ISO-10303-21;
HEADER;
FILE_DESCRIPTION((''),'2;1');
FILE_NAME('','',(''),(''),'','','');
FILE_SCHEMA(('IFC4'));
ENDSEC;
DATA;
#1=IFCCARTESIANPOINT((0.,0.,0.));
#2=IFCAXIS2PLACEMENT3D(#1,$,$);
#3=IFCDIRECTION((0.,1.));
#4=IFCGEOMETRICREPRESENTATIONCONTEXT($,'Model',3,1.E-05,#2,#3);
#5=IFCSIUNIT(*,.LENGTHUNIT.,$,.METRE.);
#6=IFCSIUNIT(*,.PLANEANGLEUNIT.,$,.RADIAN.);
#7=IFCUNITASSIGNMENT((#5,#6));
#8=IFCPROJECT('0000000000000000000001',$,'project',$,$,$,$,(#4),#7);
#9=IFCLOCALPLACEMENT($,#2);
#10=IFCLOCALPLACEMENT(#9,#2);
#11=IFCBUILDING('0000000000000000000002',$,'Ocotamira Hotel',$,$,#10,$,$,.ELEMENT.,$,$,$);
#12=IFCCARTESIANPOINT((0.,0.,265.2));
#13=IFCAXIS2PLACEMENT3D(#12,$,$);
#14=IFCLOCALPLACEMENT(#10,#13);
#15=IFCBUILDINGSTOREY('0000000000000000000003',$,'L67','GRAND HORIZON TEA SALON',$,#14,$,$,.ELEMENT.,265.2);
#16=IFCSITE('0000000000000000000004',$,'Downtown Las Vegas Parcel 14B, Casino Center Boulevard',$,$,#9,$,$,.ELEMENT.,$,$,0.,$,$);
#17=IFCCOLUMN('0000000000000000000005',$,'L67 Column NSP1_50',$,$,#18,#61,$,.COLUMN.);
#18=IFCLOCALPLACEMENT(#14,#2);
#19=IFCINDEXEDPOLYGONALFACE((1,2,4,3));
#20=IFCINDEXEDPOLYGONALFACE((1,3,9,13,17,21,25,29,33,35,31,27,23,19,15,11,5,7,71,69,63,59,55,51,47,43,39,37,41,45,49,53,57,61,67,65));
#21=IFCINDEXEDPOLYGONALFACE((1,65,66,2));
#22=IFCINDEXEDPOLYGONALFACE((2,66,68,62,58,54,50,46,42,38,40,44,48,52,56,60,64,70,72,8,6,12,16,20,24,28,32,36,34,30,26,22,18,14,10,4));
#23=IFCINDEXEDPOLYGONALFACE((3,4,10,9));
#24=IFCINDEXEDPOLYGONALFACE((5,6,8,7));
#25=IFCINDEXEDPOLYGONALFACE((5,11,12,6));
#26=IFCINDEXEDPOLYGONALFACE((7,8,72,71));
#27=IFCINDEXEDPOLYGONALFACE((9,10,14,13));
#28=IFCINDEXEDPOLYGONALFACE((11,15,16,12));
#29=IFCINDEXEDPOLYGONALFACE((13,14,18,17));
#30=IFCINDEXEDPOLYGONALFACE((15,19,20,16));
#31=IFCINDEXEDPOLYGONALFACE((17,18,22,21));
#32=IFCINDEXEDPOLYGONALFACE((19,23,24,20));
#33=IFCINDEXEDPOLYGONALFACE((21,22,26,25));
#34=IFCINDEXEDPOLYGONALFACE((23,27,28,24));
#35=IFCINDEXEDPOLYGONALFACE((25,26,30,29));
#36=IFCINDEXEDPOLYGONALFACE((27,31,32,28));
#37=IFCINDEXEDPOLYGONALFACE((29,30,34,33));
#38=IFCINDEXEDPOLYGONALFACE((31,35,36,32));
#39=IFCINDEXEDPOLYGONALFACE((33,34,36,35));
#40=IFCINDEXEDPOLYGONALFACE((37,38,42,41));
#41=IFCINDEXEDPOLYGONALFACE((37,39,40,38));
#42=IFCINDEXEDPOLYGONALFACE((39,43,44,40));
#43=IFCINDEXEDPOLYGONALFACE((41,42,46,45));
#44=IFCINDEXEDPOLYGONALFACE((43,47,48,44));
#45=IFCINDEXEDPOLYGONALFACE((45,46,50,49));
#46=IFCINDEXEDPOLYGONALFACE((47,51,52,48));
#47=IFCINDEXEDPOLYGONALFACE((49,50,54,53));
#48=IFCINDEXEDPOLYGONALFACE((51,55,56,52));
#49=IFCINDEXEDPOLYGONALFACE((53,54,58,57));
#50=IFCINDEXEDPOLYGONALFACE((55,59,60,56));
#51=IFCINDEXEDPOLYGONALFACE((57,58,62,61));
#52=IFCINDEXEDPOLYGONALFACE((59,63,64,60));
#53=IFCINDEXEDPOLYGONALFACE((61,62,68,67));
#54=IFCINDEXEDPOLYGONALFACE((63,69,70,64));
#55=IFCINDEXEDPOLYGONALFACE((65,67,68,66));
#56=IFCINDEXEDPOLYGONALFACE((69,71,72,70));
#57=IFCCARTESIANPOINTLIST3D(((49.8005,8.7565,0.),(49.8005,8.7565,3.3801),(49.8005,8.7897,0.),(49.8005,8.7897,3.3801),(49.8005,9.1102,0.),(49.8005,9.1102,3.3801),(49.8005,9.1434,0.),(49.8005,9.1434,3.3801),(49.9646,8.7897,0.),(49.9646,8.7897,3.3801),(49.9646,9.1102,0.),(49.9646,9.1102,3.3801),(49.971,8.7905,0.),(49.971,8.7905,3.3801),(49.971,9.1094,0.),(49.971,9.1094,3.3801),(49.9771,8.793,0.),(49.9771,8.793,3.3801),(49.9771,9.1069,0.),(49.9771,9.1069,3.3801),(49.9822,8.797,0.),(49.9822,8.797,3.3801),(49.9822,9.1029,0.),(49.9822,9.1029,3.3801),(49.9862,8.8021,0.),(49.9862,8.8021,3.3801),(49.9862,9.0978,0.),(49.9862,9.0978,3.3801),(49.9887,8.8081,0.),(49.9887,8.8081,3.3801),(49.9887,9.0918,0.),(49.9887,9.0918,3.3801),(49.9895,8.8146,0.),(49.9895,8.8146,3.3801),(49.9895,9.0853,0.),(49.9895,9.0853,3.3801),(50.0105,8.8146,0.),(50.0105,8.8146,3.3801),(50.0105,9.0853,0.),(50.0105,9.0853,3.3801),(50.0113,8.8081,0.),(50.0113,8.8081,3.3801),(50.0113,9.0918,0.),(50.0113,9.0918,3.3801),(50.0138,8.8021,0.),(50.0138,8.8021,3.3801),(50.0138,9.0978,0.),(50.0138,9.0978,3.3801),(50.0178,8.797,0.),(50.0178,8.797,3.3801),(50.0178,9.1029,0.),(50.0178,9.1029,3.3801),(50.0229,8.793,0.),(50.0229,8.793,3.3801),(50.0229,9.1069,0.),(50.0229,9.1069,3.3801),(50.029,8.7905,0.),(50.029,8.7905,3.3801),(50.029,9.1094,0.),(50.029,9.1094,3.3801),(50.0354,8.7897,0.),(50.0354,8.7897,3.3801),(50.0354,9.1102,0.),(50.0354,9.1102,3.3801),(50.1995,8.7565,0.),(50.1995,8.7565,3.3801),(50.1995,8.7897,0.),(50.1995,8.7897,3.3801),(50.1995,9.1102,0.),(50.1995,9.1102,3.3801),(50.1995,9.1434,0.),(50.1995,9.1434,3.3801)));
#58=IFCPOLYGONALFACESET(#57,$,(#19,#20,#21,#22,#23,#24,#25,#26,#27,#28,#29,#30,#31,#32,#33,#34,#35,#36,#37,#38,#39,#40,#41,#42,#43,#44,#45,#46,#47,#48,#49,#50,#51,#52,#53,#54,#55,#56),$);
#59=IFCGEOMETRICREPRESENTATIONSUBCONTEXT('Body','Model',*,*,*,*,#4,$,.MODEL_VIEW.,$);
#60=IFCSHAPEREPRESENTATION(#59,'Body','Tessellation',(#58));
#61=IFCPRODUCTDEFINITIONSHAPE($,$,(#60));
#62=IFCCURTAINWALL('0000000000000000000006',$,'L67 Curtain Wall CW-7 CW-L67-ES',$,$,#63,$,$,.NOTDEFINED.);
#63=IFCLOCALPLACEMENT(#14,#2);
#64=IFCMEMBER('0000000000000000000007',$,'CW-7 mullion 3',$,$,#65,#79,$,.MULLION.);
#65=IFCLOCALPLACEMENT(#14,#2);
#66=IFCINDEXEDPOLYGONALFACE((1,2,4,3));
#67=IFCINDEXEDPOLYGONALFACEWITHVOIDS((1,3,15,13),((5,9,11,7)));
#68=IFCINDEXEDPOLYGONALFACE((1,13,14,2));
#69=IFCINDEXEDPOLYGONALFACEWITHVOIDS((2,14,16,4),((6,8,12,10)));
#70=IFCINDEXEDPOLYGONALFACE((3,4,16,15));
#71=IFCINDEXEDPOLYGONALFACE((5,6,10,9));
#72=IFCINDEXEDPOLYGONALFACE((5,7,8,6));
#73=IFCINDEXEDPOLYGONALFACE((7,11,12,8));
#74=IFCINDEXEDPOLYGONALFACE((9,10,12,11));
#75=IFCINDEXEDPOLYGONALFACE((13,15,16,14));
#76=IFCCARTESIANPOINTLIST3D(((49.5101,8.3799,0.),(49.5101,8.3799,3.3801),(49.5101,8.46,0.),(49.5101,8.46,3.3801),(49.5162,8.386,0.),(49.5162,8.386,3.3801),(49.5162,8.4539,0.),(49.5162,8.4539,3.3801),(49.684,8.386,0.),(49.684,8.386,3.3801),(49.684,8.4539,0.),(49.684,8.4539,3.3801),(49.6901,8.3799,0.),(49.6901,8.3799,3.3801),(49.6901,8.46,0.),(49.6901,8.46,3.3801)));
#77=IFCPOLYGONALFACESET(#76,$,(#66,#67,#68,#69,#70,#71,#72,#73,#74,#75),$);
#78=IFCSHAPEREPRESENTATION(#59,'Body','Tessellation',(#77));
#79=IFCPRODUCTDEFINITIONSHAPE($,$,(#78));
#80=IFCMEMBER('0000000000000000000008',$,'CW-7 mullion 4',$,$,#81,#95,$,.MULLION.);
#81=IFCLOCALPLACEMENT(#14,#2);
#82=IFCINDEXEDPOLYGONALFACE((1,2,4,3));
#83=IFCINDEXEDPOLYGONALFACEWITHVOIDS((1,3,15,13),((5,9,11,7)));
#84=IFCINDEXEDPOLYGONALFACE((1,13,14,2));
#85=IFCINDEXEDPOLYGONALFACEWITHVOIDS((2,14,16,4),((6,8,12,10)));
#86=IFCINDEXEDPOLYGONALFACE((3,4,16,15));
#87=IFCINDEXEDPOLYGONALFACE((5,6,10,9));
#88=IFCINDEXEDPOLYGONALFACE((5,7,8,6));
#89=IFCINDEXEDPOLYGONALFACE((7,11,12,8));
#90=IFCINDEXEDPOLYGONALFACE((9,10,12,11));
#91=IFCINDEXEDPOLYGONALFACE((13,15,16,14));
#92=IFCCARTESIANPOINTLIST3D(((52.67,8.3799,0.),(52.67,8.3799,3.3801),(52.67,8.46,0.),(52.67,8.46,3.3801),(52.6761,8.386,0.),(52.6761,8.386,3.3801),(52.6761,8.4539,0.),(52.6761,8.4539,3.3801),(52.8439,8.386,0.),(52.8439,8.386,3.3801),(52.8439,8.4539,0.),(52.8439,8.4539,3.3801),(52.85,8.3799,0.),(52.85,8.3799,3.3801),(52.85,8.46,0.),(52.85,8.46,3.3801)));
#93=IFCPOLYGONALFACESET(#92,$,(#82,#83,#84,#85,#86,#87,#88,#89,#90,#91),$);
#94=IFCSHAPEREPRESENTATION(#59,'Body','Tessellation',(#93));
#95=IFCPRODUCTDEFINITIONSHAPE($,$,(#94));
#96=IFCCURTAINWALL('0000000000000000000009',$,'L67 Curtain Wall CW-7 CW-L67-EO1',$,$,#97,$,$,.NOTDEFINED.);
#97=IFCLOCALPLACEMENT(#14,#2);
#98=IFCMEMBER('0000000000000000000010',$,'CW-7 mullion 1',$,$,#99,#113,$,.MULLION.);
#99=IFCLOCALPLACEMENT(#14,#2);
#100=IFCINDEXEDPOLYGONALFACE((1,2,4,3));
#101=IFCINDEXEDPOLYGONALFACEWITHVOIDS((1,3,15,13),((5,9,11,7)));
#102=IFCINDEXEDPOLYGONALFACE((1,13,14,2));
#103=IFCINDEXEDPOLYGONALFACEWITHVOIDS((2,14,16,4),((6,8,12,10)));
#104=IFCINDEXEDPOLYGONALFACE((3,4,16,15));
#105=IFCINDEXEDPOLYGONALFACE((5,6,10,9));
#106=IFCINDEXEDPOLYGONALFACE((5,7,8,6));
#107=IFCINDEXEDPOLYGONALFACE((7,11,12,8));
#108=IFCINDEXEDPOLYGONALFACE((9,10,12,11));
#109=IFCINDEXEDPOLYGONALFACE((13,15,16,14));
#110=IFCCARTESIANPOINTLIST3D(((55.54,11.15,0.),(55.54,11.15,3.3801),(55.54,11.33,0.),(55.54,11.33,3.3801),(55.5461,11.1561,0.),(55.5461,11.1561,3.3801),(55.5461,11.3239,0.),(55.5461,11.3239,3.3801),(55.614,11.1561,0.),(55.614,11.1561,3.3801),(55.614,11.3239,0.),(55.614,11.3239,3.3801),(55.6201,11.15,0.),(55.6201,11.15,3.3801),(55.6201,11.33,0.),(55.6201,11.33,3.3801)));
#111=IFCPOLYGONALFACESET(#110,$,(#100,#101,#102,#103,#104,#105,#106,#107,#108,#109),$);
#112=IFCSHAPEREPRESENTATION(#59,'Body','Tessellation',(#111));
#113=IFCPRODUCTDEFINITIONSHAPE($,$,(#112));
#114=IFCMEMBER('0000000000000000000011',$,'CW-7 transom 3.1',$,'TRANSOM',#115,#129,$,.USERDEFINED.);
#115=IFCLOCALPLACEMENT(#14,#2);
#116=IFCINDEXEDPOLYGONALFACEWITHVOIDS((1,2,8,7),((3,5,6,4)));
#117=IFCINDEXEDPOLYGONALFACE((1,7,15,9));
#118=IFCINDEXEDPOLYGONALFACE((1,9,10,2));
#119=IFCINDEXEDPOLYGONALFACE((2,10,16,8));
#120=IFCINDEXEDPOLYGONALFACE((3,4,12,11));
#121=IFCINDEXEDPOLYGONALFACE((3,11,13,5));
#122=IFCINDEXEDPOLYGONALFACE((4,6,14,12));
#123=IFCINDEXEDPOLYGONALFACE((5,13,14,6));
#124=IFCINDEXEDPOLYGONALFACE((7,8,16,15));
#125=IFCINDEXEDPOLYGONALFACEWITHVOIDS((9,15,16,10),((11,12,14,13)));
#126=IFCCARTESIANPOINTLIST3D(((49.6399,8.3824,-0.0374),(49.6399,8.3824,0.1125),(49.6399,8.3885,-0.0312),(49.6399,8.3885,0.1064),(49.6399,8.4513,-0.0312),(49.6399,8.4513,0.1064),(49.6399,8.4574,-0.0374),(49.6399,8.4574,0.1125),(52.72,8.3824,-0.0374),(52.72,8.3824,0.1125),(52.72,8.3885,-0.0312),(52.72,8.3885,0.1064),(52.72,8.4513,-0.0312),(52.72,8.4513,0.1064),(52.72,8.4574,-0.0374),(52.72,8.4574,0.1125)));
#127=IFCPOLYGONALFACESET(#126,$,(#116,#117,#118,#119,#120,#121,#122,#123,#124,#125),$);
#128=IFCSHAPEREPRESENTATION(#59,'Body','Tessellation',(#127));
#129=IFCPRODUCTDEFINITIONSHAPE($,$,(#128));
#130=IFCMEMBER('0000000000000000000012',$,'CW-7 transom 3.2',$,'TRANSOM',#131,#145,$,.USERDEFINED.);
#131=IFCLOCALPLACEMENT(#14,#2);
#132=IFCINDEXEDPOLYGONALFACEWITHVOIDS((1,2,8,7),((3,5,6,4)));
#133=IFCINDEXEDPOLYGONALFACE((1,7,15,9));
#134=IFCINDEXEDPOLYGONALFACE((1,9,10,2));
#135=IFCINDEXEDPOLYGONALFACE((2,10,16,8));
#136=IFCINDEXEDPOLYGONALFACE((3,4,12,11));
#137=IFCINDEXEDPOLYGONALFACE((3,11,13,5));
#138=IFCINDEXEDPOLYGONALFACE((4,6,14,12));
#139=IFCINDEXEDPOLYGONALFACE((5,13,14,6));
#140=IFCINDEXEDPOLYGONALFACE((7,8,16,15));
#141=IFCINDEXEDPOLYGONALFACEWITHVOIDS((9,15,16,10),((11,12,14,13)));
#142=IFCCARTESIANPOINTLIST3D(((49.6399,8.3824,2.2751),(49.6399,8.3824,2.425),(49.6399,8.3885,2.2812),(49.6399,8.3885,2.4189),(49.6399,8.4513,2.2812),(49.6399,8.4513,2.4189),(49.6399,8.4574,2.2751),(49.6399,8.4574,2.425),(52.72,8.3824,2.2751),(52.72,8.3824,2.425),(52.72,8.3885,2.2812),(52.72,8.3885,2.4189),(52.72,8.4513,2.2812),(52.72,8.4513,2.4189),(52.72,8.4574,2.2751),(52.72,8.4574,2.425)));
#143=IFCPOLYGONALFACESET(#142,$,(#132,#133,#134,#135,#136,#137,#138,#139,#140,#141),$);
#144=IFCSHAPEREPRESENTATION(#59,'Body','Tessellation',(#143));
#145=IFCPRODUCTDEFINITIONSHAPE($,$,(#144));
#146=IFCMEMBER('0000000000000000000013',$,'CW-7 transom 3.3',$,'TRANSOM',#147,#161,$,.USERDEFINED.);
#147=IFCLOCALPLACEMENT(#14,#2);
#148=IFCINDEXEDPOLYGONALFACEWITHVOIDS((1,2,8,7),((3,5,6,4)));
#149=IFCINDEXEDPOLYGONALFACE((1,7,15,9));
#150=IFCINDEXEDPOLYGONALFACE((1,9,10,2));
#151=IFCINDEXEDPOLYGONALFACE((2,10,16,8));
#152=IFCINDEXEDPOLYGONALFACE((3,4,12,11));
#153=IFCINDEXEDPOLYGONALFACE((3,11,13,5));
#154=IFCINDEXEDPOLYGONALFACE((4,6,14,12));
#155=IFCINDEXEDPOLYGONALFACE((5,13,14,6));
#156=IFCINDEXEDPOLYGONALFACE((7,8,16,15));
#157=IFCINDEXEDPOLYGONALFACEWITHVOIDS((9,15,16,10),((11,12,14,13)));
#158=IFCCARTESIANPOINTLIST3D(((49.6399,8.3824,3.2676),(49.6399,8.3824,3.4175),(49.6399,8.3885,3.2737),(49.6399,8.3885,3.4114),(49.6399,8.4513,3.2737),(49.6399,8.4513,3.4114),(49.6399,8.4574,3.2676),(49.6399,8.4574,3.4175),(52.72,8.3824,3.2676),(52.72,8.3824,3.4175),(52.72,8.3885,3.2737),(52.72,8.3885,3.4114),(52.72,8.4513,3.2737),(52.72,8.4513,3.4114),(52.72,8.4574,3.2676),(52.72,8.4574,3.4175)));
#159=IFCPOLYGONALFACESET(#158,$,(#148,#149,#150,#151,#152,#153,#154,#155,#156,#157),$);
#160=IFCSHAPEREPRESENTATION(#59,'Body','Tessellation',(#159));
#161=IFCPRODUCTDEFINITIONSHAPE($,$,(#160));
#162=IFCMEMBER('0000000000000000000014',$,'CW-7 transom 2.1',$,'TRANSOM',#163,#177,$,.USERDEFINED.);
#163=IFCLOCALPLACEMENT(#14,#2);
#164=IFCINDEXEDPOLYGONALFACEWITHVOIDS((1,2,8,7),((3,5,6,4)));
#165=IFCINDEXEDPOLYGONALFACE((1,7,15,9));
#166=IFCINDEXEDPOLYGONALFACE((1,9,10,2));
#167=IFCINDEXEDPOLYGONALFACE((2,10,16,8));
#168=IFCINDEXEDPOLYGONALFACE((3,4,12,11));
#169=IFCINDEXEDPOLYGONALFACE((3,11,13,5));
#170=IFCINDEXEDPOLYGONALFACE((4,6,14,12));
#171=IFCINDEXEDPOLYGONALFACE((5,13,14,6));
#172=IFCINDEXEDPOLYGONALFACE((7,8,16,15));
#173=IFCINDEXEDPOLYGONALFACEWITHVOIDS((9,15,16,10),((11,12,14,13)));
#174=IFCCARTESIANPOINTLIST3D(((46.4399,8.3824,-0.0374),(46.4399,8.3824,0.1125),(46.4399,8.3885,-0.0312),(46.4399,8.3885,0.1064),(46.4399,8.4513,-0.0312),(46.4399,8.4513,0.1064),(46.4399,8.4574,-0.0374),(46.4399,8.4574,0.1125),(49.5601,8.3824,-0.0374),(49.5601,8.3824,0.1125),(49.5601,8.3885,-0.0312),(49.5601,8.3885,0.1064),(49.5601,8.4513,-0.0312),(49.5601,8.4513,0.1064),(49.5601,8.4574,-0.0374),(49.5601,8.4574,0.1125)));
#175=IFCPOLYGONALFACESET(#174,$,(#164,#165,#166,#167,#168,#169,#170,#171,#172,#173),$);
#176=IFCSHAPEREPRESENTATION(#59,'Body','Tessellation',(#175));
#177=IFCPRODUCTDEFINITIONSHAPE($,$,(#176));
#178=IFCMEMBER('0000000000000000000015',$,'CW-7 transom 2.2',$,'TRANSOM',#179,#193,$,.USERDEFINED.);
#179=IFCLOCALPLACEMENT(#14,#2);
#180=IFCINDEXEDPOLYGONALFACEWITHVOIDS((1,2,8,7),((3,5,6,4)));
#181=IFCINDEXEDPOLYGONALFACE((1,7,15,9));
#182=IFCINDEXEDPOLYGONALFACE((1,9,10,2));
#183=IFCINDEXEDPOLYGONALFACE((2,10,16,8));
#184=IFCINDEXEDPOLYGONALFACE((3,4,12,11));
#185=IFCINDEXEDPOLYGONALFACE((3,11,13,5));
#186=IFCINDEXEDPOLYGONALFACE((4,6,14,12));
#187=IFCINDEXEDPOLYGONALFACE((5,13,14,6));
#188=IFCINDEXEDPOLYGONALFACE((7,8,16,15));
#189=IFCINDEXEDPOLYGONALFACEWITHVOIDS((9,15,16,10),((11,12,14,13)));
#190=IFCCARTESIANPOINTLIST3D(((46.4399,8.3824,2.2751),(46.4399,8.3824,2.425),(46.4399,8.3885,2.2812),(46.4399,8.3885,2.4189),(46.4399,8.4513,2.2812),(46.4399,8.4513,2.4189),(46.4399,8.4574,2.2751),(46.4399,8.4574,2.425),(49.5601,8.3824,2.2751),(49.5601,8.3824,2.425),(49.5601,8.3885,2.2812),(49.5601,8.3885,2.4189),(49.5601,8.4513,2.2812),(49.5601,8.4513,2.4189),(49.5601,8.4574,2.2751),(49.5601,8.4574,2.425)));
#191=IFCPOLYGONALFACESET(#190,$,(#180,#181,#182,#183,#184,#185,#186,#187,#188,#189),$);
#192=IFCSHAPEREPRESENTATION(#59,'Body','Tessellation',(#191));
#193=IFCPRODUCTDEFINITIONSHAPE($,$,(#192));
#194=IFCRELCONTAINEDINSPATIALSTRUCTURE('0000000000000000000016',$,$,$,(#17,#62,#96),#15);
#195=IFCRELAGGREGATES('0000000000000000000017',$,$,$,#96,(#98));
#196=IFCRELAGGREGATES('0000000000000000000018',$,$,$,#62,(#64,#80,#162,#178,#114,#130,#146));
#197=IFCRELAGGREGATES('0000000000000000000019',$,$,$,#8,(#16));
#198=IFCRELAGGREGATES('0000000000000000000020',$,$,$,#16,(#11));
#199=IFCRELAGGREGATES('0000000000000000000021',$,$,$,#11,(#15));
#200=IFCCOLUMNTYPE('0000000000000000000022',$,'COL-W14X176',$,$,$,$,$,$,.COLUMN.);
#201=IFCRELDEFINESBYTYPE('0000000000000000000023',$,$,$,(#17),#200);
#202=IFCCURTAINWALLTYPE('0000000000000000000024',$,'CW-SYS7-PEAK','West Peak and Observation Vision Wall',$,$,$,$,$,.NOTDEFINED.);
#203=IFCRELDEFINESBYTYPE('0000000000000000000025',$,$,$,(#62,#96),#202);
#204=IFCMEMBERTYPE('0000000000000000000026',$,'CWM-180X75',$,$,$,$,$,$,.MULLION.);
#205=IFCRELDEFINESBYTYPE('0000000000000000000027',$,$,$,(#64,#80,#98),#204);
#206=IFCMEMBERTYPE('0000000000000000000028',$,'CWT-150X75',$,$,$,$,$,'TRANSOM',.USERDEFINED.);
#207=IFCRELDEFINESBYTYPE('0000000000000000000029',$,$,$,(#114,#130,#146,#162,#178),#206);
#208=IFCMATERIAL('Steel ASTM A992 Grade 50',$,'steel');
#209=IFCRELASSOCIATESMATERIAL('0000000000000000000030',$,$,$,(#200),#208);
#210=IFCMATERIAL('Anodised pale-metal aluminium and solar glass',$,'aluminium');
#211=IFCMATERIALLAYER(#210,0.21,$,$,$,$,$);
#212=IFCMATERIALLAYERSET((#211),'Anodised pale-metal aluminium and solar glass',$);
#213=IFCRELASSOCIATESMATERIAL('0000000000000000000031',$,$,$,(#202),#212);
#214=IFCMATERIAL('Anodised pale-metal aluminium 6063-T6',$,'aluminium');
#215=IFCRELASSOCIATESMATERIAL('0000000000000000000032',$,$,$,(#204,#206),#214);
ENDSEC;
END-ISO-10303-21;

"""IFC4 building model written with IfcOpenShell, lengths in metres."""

from ifc_helpers import new_model, si_unit, direction, frame, origin, origin_2d, place, context, subcontext, project, spatial, hollow_rectangle, i_section, extrude, source, transform, mapped, material, layer, layer_set, material_profile, profile_set, type_object, element, aggregate, save


model = new_model("IFC4")

# Units and contexts
model_context = context("Model", 3, precision=1e-05, world=origin(), true_north=direction((0.0, 1.0)))
body_context = subcontext(model_context, "Body", "Model", "MODEL_VIEW")
ifc_project = project(units=[si_unit("LENGTHUNIT", "METRE"), si_unit("PLANEANGLEUNIT", "RADIAN")], contexts=[model_context])

# Site, building, storey
site_placement = place(None, origin())
site = spatial("IfcSite", under=ifc_project, at=site_placement, Name="Downtown Las Vegas Parcel 14B, Casino Center Boulevard", CompositionType="ELEMENT", RefElevation=0.0)
building_placement = place(site_placement, origin())
building = spatial("IfcBuilding", under=site, at=building_placement, Name="Ocotamira Hotel", CompositionType="ELEMENT")
storey_placement = place(building_placement, frame((0.0, 0.0, 265.2)))
storey = spatial("IfcBuildingStorey", under=building, at=storey_placement, Name="L67", Description="GRAND HORIZON TEA SALON", CompositionType="ELEMENT", Elevation=265.2)

# Column
ifc_material_1 = material(Name="Steel ASTM A992 Grade 50", Category="steel")
ifc_material_profile_1 = material_profile(ifc_material_1, i_section(OverallWidth=0.3989, OverallDepth=0.387, WebThickness=0.021, FlangeThickness=0.0332, FilletRadius=0.0249, at=origin_2d()), Name="W14X176")
ifc_profile_set_1 = profile_set([ifc_material_profile_1], Name="Steel ASTM A992 Grade 50")
column_type = type_object("IfcColumnType", Name="COL-W14X176", PredefinedType="COLUMN", material=ifc_profile_set_1)
shared_shape_1 = source(origin(), body_context, "Body", "SweptSolid", [
    extrude(i_section(OverallWidth=0.3989, OverallDepth=0.387, WebThickness=0.021, FlangeThickness=0.0332, FilletRadius=0.0249, at=origin_2d()), origin(), (0.0, 0.0, 1.0), 3.3801),
])
column_placement = place(storey_placement, frame((50.0, 8.95, 0.0), z_axis=(0.0, 0.0, 1.0), x_axis=(1.0, 0.0, 0.0)))
element("IfcColumn", 1, at=column_placement, inside=storey, type_object=column_type, Name="L67 Column NSP1_50", PredefinedType="COLUMN", context=body_context, shape_type="MappedRepresentation", body=[
    mapped(shared_shape_1, transform((0.0, 0.0, 0.0), scale=1.0)),
])

# Curtain wall, members
ifc_material_2 = material(Name="Anodised pale-metal aluminium and solar glass", Category="aluminium")
ifc_layer_1 = layer(ifc_material_2, 0.21)
ifc_layer_set_1 = layer_set([ifc_layer_1], Name="Anodised pale-metal aluminium and solar glass")
curtain_wall_type = type_object("IfcCurtainWallType", Name="CW-SYS7-PEAK", Description="West Peak and Observation Vision Wall", PredefinedType="NOTDEFINED", material=ifc_layer_set_1)
curtain_wall_1_placement = place(storey_placement, origin())
curtain_wall_1 = element("IfcCurtainWall", 2, at=curtain_wall_1_placement, inside=storey, type_object=curtain_wall_type, Name="L67 Curtain Wall CW-7 CW-L67-ES", PredefinedType="NOTDEFINED")
ifc_material_3 = material(Name="Anodised pale-metal aluminium 6063-T6", Category="aluminium")
ifc_material_profile_2 = material_profile(ifc_material_3, hollow_rectangle(XDim=0.0801, YDim=0.1799, WallThickness=0.0061, at=origin_2d()), Name="HSS180X80X6")
ifc_profile_set_2 = profile_set([ifc_material_profile_2], Name="Anodised pale-metal aluminium 6063-T6")
member_type_1 = type_object("IfcMemberType", Name="CWM-180X75", PredefinedType="MULLION", material=ifc_profile_set_2)
shared_shape_2 = source(origin(), body_context, "Body", "SweptSolid", [
    extrude(hollow_rectangle(XDim=0.0801, YDim=0.1799, WallThickness=0.0061, at=origin_2d()), origin(), (0.0, 0.0, 1.0), 3.3801),
])
member_1_placement = place(storey_placement, frame((49.6001, 8.4199, 0.0), z_axis=(0.0, 0.0, 1.0), x_axis=(0.0, 1.0, 0.0)))
member_1 = element("IfcMember", 3, at=member_1_placement, type_object=member_type_1, Name="CW-7 mullion 3", PredefinedType="MULLION", context=body_context, shape_type="MappedRepresentation", body=[
    mapped(shared_shape_2, transform((0.0, 0.0, 0.0), scale=1.0)),
])
member_2_placement = place(storey_placement, frame((52.76, 8.4199, 0.0), z_axis=(0.0, 0.0, 1.0), x_axis=(0.0, 1.0, 0.0)))
member_2 = element("IfcMember", 4, at=member_2_placement, type_object=member_type_1, Name="CW-7 mullion 4", PredefinedType="MULLION", context=body_context, shape_type="MappedRepresentation", body=[
    mapped(shared_shape_2, transform((0.0, 0.0, 0.0), scale=1.0)),
])

# Curtain wall, member
curtain_wall_2_placement = place(storey_placement, origin())
curtain_wall_2 = element("IfcCurtainWall", 5, at=curtain_wall_2_placement, inside=storey, type_object=curtain_wall_type, Name="L67 Curtain Wall CW-7 CW-L67-EO1", PredefinedType="NOTDEFINED")
member_3_placement = place(storey_placement, frame((55.5801, 11.24, 0.0), z_axis=(0.0, 0.0, 1.0), x_axis=(-1.0, 0.0, 0.0)))
member_3 = element("IfcMember", 6, at=member_3_placement, type_object=member_type_1, Name="CW-7 mullion 1", PredefinedType="MULLION", context=body_context, shape_type="MappedRepresentation", body=[
    mapped(shared_shape_2, transform((0.0, 0.0, 0.0), scale=1.0)),
])

# Members
ifc_material_profile_3 = material_profile(ifc_material_3, hollow_rectangle(XDim=0.075, YDim=0.1499, WallThickness=0.0061, at=origin_2d()), Name="HSS150X75X6")
ifc_profile_set_3 = profile_set([ifc_material_profile_3], Name="Anodised pale-metal aluminium 6063-T6")
member_type_2 = type_object("IfcMemberType", Name="CWT-150X75", ElementType="TRANSOM", PredefinedType="USERDEFINED", material=ifc_profile_set_3)
shared_shape_3 = source(origin(), body_context, "Body", "SweptSolid", [
    extrude(hollow_rectangle(XDim=0.075, YDim=0.1499, WallThickness=0.0061, at=origin_2d()), origin(), (0.0, 0.0, 1.0), 3.0801),
])
member_4_placement = place(storey_placement, frame((49.6399, 8.4199, 0.0376), z_axis=(1.0, 0.0, 0.0), x_axis=(0.0, 1.0, 0.0)))
member_4 = element("IfcMember", 7, at=member_4_placement, type_object=member_type_2, Name="CW-7 transom 3.1", ObjectType="TRANSOM", PredefinedType="USERDEFINED", context=body_context, shape_type="MappedRepresentation", body=[
    mapped(shared_shape_3, transform((0.0, 0.0, 0.0), scale=1.0)),
])
member_5_placement = place(storey_placement, frame((49.6399, 8.4199, 2.3501), z_axis=(1.0, 0.0, 0.0), x_axis=(0.0, 1.0, 0.0)))
member_5 = element("IfcMember", 8, at=member_5_placement, type_object=member_type_2, Name="CW-7 transom 3.2", ObjectType="TRANSOM", PredefinedType="USERDEFINED", context=body_context, shape_type="MappedRepresentation", body=[
    mapped(shared_shape_3, transform((0.0, 0.0, 0.0), scale=1.0)),
])
member_6_placement = place(storey_placement, frame((49.6399, 8.4199, 3.3425), z_axis=(1.0, 0.0, 0.0), x_axis=(0.0, 1.0, 0.0)))
member_6 = element("IfcMember", 9, at=member_6_placement, type_object=member_type_2, Name="CW-7 transom 3.3", ObjectType="TRANSOM", PredefinedType="USERDEFINED", context=body_context, shape_type="MappedRepresentation", body=[
    mapped(shared_shape_3, transform((0.0, 0.0, 0.0), scale=1.0)),
])
shared_shape_4 = source(origin(), body_context, "Body", "SweptSolid", [
    extrude(hollow_rectangle(XDim=0.075, YDim=0.1499, WallThickness=0.0061, at=origin_2d()), origin(), (0.0, 0.0, 1.0), 3.1201),
])
member_7_placement = place(storey_placement, frame((46.4399, 8.4199, 0.0376), z_axis=(1.0, 0.0, 0.0), x_axis=(0.0, 1.0, 0.0)))
member_7 = element("IfcMember", 10, at=member_7_placement, type_object=member_type_2, Name="CW-7 transom 2.1", ObjectType="TRANSOM", PredefinedType="USERDEFINED", context=body_context, shape_type="MappedRepresentation", body=[
    mapped(shared_shape_4, transform((0.0, 0.0, 0.0), scale=1.0)),
])
member_8_placement = place(storey_placement, frame((46.4399, 8.4199, 2.3501), z_axis=(1.0, 0.0, 0.0), x_axis=(0.0, 1.0, 0.0)))
member_8 = element("IfcMember", 11, at=member_8_placement, type_object=member_type_2, Name="CW-7 transom 2.2", ObjectType="TRANSOM", PredefinedType="USERDEFINED", context=body_context, shape_type="MappedRepresentation", body=[
    mapped(shared_shape_4, transform((0.0, 0.0, 0.0), scale=1.0)),
])
aggregate(curtain_wall_2, [member_3])

aggregate(curtain_wall_1, [member_1, member_2, member_7, member_8, member_4, member_5, member_6])

save(model, "model.ifc")
